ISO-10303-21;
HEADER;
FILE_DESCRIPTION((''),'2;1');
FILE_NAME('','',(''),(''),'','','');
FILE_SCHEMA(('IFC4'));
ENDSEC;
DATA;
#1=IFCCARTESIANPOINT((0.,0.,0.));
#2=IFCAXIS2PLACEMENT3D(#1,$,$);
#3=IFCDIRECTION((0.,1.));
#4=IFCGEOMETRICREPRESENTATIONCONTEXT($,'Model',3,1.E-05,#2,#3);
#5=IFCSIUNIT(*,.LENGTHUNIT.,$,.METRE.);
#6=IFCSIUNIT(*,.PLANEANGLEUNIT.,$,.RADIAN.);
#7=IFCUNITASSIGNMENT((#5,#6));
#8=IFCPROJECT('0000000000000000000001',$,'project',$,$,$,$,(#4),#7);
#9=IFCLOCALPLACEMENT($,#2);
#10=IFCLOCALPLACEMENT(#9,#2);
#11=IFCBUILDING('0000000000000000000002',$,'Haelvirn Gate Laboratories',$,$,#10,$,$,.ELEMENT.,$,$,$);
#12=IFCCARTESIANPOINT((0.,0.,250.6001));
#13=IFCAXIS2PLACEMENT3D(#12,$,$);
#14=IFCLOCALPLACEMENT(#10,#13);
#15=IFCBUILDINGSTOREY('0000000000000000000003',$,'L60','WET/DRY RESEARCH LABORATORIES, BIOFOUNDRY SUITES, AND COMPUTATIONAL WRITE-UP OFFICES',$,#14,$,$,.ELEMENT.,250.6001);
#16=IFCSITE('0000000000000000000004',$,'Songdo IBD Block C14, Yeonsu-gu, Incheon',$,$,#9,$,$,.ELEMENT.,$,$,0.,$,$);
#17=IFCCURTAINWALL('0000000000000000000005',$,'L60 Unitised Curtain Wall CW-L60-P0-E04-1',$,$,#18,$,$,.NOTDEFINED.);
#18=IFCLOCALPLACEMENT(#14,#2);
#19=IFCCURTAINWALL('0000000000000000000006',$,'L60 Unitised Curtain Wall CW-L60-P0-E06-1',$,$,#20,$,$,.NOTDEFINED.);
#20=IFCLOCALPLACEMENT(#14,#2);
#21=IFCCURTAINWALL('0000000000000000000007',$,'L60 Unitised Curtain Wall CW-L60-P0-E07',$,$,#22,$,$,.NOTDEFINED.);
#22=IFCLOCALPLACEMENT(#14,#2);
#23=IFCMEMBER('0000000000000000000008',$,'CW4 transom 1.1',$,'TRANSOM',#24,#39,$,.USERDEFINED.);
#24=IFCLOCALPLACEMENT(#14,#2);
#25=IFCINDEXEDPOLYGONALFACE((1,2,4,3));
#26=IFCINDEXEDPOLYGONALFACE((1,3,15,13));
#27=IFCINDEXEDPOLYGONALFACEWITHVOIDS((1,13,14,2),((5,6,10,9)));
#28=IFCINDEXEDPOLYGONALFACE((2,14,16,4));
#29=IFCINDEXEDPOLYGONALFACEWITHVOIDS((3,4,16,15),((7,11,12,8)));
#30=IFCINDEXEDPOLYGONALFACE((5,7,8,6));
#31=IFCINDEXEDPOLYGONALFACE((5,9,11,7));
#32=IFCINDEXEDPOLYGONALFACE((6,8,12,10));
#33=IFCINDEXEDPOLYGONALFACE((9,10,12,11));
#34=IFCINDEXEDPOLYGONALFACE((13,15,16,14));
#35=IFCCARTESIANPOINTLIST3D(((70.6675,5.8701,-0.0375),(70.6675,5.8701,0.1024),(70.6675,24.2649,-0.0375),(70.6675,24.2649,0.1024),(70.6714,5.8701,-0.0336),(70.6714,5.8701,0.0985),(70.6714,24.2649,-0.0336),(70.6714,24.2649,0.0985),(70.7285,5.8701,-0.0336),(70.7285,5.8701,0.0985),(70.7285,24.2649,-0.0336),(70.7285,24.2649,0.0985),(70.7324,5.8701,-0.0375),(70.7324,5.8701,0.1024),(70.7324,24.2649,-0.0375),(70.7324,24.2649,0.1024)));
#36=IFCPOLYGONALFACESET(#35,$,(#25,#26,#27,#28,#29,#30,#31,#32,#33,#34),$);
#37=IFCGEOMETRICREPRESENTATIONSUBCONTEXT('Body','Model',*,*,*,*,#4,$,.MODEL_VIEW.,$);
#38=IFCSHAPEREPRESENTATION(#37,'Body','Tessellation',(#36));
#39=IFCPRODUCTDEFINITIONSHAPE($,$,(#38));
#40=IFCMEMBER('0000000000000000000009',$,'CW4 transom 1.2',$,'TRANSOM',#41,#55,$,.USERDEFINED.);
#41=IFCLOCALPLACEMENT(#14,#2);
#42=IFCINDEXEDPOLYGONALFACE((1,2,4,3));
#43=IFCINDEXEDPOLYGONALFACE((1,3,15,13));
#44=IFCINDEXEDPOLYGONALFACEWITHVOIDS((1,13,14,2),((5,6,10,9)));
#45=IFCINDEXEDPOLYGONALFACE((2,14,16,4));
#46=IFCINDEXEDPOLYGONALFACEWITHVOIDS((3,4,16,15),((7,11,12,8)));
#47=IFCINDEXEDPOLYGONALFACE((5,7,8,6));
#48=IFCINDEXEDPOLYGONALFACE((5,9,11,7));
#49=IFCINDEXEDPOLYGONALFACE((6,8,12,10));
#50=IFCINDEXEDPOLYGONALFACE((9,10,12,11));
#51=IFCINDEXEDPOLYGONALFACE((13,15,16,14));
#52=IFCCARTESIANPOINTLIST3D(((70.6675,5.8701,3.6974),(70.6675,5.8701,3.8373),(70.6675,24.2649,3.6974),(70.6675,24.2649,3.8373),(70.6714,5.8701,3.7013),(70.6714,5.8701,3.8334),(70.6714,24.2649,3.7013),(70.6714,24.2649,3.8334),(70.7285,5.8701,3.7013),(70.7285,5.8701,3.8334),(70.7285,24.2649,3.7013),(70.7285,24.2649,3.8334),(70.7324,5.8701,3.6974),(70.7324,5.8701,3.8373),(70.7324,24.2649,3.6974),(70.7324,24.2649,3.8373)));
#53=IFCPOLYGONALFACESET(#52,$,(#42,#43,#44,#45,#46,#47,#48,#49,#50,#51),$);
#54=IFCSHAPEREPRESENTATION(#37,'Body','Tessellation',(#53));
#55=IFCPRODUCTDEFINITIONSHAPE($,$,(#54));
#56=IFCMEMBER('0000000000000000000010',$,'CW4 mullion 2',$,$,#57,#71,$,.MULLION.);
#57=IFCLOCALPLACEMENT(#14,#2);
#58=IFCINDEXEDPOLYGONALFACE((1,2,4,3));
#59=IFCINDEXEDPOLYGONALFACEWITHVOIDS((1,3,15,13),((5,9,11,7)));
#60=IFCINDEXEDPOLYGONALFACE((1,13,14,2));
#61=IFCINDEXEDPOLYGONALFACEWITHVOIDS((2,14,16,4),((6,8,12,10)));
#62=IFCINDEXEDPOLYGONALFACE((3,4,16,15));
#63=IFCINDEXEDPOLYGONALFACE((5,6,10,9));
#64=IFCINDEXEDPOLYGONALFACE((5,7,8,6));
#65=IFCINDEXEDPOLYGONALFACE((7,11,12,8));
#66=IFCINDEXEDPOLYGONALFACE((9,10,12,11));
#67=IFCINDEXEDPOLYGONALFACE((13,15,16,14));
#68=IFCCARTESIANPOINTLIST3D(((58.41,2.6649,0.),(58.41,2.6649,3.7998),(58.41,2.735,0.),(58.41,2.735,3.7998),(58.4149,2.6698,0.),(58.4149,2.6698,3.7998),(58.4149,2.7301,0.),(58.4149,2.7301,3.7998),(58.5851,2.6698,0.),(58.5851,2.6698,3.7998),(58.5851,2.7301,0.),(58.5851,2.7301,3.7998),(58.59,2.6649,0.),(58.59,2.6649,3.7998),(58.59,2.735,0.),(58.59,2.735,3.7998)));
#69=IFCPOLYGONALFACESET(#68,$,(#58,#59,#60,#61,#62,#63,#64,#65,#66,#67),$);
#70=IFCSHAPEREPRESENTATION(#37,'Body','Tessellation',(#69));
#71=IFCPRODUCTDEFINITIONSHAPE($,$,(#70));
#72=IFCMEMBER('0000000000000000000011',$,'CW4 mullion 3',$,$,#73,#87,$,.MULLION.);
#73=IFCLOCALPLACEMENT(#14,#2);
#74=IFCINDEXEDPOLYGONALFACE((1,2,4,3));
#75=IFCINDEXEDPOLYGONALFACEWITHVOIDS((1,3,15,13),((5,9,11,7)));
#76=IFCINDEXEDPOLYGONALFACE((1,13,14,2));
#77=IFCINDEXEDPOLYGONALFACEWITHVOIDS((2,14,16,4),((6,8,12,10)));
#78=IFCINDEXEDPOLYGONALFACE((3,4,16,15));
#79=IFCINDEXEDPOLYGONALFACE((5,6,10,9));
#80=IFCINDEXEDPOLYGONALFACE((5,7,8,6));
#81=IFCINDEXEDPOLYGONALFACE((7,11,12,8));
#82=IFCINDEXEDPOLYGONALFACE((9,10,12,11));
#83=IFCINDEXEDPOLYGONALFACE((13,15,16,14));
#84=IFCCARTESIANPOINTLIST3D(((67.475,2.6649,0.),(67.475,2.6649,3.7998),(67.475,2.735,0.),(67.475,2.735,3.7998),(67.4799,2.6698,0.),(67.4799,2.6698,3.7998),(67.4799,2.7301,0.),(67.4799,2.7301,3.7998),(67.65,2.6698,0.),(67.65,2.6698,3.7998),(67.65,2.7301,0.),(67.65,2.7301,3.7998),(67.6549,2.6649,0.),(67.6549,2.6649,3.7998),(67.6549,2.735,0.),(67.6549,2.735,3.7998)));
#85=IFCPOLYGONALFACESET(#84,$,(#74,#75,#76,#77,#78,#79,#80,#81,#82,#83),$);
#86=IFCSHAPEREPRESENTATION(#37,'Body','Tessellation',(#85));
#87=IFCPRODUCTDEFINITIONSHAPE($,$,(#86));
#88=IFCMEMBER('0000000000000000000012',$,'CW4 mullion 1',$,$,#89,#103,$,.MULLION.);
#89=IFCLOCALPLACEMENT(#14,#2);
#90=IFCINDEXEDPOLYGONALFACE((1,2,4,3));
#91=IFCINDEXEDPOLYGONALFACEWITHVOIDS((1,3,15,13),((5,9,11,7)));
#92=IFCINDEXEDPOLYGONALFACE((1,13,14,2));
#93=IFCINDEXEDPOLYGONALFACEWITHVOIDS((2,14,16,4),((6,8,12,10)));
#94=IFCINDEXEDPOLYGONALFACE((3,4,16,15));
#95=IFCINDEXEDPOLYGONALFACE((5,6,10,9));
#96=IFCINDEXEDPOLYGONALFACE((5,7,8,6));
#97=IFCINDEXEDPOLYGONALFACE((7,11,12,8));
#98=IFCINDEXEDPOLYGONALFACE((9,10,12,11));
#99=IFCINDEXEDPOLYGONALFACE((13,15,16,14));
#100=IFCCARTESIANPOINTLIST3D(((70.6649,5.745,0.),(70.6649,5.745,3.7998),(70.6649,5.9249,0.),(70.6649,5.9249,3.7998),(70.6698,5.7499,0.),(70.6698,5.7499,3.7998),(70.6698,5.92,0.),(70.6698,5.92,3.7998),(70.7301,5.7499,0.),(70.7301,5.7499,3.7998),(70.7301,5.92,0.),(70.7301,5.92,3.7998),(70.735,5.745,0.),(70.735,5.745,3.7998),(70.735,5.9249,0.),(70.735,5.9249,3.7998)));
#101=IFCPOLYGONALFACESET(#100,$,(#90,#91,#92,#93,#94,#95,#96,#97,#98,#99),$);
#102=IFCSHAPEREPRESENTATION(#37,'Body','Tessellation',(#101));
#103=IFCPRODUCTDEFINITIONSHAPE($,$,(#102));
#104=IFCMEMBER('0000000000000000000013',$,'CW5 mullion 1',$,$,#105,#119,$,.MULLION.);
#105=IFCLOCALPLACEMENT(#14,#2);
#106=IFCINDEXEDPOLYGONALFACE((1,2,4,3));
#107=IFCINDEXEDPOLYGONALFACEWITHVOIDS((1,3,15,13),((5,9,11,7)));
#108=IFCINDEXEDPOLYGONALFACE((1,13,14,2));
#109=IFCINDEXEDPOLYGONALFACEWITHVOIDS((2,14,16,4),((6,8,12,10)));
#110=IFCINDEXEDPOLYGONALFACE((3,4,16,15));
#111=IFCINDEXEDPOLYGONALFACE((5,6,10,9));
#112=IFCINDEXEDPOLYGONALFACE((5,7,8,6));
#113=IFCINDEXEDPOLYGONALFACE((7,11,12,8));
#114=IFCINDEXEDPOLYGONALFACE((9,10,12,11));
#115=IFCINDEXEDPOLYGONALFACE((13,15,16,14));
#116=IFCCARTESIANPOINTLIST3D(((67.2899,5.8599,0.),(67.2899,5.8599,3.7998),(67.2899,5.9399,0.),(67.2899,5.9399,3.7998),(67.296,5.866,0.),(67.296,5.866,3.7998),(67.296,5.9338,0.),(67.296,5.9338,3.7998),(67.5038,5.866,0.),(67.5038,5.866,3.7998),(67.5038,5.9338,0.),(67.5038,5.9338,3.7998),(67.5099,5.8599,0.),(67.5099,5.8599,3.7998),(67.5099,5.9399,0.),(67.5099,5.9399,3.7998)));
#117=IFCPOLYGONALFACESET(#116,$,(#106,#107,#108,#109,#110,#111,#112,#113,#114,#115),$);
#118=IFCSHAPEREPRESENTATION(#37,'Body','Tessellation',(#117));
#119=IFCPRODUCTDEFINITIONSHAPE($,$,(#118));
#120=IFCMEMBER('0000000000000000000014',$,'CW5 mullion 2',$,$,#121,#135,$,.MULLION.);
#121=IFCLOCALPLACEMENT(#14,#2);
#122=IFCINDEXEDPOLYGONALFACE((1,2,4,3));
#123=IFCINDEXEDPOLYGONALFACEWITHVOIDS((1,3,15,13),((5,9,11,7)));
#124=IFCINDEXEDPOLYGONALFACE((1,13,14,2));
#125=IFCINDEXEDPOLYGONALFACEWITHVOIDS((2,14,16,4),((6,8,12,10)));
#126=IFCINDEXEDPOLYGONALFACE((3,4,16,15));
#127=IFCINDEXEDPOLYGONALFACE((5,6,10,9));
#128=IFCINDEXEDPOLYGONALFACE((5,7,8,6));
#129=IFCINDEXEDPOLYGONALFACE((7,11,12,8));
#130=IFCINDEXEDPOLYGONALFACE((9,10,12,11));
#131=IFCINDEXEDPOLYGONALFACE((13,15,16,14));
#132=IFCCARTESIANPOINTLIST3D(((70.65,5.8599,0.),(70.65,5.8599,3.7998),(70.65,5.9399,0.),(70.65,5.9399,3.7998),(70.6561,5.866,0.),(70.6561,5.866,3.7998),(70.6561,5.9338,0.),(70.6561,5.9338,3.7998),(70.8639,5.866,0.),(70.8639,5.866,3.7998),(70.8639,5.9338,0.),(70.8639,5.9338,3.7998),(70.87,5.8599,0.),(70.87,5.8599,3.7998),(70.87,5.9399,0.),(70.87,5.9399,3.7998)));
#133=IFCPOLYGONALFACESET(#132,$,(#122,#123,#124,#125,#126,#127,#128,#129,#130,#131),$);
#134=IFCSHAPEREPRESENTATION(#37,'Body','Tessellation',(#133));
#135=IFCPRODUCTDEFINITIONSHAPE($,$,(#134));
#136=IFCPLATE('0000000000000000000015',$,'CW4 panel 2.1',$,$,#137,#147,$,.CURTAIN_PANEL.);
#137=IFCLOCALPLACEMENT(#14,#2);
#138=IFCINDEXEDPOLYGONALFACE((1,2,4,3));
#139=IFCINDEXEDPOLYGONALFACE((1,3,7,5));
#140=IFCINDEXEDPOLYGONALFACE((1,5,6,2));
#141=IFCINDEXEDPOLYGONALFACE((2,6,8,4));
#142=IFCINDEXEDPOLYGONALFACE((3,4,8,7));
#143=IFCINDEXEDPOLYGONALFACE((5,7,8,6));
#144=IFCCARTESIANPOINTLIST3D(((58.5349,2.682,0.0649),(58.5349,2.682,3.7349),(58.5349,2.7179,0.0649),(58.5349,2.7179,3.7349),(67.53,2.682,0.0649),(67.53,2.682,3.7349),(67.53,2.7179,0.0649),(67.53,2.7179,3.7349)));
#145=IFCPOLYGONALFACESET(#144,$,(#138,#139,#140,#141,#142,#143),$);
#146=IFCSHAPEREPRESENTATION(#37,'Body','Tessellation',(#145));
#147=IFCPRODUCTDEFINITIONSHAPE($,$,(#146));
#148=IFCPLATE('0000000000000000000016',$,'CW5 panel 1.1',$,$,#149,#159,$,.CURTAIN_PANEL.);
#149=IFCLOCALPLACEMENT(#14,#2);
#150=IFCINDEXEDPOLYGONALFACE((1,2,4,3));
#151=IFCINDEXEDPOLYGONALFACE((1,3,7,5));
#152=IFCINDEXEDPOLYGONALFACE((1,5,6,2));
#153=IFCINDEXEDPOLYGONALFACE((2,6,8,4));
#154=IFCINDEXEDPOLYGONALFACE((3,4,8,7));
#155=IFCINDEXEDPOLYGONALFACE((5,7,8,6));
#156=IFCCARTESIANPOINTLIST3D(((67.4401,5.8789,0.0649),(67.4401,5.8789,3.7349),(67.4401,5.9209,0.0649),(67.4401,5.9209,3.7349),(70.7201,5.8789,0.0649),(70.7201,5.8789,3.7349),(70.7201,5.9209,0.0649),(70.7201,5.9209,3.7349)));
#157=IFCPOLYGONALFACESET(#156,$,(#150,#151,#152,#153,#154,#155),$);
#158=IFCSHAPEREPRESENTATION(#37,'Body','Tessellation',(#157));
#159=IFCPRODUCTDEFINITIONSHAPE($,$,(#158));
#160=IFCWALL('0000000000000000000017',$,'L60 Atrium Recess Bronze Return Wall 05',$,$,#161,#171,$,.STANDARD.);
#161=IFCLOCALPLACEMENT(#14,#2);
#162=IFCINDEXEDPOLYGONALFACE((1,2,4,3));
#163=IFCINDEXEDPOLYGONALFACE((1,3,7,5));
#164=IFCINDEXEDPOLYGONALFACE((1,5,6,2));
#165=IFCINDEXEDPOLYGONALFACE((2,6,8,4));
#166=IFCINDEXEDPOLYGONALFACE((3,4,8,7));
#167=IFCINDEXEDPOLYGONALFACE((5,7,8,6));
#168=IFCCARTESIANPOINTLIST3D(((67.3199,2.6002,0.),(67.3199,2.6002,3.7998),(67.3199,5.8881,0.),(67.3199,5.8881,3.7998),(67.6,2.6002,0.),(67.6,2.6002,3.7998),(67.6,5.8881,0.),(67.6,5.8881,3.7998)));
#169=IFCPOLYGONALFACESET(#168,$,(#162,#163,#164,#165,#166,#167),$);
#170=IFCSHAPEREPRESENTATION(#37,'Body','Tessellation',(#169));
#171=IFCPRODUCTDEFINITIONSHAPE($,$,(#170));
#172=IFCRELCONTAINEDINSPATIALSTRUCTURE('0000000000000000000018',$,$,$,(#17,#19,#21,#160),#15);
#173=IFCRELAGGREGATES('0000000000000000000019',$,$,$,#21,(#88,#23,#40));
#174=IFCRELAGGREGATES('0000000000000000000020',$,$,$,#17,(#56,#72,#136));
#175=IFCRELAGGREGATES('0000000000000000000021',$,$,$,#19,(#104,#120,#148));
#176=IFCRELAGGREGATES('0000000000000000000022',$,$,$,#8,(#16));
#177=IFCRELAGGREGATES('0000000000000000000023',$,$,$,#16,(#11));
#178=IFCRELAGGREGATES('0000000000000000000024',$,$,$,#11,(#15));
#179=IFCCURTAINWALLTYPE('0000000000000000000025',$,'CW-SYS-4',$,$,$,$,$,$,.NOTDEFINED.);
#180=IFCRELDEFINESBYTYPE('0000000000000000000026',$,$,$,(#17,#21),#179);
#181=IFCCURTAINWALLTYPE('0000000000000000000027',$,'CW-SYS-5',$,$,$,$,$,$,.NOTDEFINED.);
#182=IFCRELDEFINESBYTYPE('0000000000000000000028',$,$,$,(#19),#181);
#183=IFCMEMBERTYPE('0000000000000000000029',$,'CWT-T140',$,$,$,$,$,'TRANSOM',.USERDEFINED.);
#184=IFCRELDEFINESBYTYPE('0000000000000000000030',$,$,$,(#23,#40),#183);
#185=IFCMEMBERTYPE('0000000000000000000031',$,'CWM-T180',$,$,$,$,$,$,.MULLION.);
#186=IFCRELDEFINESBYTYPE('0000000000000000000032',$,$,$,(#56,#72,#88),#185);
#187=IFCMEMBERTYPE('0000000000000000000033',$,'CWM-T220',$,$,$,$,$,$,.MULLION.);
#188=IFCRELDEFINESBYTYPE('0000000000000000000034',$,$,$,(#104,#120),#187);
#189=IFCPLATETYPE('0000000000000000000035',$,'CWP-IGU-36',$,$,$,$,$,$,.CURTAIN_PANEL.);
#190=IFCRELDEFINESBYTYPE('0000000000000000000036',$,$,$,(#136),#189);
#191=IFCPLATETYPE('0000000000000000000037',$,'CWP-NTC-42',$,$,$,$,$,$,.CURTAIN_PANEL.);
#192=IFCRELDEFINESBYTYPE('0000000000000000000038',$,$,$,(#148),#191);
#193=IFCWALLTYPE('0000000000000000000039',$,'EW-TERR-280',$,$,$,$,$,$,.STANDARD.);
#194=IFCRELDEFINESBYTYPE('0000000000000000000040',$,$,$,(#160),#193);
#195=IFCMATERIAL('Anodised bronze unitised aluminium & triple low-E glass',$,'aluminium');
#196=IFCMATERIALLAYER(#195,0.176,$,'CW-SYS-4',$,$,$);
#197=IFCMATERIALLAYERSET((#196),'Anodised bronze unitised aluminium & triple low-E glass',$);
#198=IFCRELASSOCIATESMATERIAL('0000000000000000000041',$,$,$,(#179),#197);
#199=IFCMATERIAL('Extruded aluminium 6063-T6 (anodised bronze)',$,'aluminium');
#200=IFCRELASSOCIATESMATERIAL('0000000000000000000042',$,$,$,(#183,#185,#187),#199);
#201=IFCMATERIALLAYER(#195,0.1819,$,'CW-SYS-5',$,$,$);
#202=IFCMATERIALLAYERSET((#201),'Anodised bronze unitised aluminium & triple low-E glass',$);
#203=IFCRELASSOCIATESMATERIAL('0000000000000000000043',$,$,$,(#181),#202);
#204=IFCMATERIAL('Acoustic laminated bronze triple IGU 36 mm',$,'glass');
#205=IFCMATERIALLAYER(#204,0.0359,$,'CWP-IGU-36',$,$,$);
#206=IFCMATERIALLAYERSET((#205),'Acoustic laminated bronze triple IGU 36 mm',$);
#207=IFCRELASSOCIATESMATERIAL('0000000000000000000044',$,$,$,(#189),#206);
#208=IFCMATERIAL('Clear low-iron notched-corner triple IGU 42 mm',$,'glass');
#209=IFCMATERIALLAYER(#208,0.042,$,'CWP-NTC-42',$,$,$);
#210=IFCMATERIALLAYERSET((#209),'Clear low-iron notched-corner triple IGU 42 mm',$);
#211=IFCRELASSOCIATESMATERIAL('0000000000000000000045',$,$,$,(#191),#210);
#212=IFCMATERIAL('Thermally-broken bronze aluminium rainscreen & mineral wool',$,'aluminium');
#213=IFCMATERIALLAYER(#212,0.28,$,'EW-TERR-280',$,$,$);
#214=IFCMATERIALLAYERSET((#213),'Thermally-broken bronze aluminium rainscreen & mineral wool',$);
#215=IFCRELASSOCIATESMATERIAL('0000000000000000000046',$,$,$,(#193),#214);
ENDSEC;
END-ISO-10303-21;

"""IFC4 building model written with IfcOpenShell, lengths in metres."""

from ifc_helpers import new_model, si_unit, direction, frame, frame_2d, origin, origin_2d, place, context, subcontext, project, spatial, rectangle, hollow_rectangle, extrude, source, transform, mapped, material, layer, layer_set, material_profile, profile_set, type_object, type_shapes, element, aggregate, save


model = new_model("IFC4")

# Units and contexts
model_context = context("Model", 3, precision=1e-05, world=origin(), true_north=direction((0.0, 1.0)))
body_context = subcontext(model_context, "Body", "Model", "MODEL_VIEW")
ifc_project = project(units=[si_unit("LENGTHUNIT", "METRE"), si_unit("PLANEANGLEUNIT", "RADIAN")], contexts=[model_context])

# Site, building, storey
site_placement = place(None, origin())
site = spatial("IfcSite", under=ifc_project, at=site_placement, Name="Songdo IBD Block C14, Yeonsu-gu, Incheon", CompositionType="ELEMENT", RefElevation=0.0)
building_placement = place(site_placement, origin())
building = spatial("IfcBuilding", under=site, at=building_placement, Name="Haelvirn Gate Laboratories", CompositionType="ELEMENT")
storey_placement = place(building_placement, frame((0.0, 0.0, 250.6001)))
storey = spatial("IfcBuildingStorey", under=building, at=storey_placement, Name="L60", Description="WET/DRY RESEARCH LABORATORIES, BIOFOUNDRY SUITES, AND COMPUTATIONAL WRITE-UP OFFICES", CompositionType="ELEMENT", Elevation=250.6001)

# Curtain walls, members
ifc_material_1 = material(Name="Anodised bronze unitised aluminium & triple low-E glass", Category="aluminium")
ifc_layer_1 = layer(ifc_material_1, 0.176, Name="CW-SYS-4")
ifc_layer_set_1 = layer_set([ifc_layer_1], Name="Anodised bronze unitised aluminium & triple low-E glass")
curtain_wall_type_1 = type_object("IfcCurtainWallType", Name="CW-SYS-4", PredefinedType="NOTDEFINED", material=ifc_layer_set_1)
curtain_wall_1_placement = place(storey_placement, origin())
curtain_wall_1 = element("IfcCurtainWall", 1, at=curtain_wall_1_placement, inside=storey, type_object=curtain_wall_type_1, Name="L60 Unitised Curtain Wall CW-L60-P0-E04-1", PredefinedType="NOTDEFINED")
ifc_material_2 = material(Name="Extruded aluminium 6063-T6 (anodised bronze)", Category="aluminium")
ifc_material_profile_1 = material_profile(ifc_material_2, hollow_rectangle(XDim=0.0649, YDim=0.1399, WallThickness=0.0039, at=origin_2d()), Name="CWT-140x65x4")
ifc_profile_set_1 = profile_set([ifc_material_profile_1], Name="Extruded aluminium 6063-T6 (anodised bronze)")
member_type_1 = type_object("IfcMemberType", Name="CWT-T140", ElementType="TRANSOM", PredefinedType="USERDEFINED", material=ifc_profile_set_1)
ifc_layer_2 = layer(ifc_material_1, 0.1819, Name="CW-SYS-5")
ifc_layer_set_2 = layer_set([ifc_layer_2], Name="Anodised bronze unitised aluminium & triple low-E glass")
curtain_wall_type_2 = type_object("IfcCurtainWallType", Name="CW-SYS-5", PredefinedType="NOTDEFINED", material=ifc_layer_set_2)
curtain_wall_2_placement = place(storey_placement, origin())
curtain_wall_2 = element("IfcCurtainWall", 2, at=curtain_wall_2_placement, inside=storey, type_object=curtain_wall_type_2, Name="L60 Unitised Curtain Wall CW-L60-P0-E06-1", PredefinedType="NOTDEFINED")
curtain_wall_3_placement = place(storey_placement, origin())
curtain_wall_3 = element("IfcCurtainWall", 3, at=curtain_wall_3_placement, inside=storey, type_object=curtain_wall_type_1, Name="L60 Unitised Curtain Wall CW-L60-P0-E07", PredefinedType="NOTDEFINED")
shared_shape_1 = source(origin(), body_context, "Body", "SweptSolid", [
    extrude(hollow_rectangle(XDim=0.0649, YDim=0.1399, WallThickness=0.0039, at=origin_2d()), origin(), (0.0, 0.0, 1.0), 18.3948),
])
member_1_placement = place(storey_placement, frame((70.7, 5.8701, 0.0325), z_axis=(0.0, 1.0, 0.0), x_axis=(-1.0, 0.0, 0.0)))
member_1 = element("IfcMember", 4, at=member_1_placement, type_object=member_type_1, Name="CW4 transom 1.1", ObjectType="TRANSOM", PredefinedType="USERDEFINED", context=body_context, shape_type="MappedRepresentation", body=[
    mapped(shared_shape_1, transform((0.0, 0.0, 0.0), scale=1.0)),
])
member_2_placement = place(storey_placement, frame((70.7, 5.8701, 3.7673), z_axis=(0.0, 1.0, 0.0), x_axis=(-1.0, 0.0, 0.0)))
member_2 = element("IfcMember", 5, at=member_2_placement, type_object=member_type_1, Name="CW4 transom 1.2", ObjectType="TRANSOM", PredefinedType="USERDEFINED", context=body_context, shape_type="MappedRepresentation", body=[
    mapped(shared_shape_1, transform((0.0, 0.0, 0.0), scale=1.0)),
])

# Members
ifc_material_profile_2 = material_profile(ifc_material_2, hollow_rectangle(XDim=0.0701, YDim=0.1799, WallThickness=0.0049, at=origin_2d()), Name="CWM-180x70x5")
ifc_profile_set_2 = profile_set([ifc_material_profile_2], Name="Extruded aluminium 6063-T6 (anodised bronze)")
member_type_2 = type_object("IfcMemberType", Name="CWM-T180", PredefinedType="MULLION", material=ifc_profile_set_2)
shared_shape_2 = source(origin(), body_context, "Body", "SweptSolid", [
    extrude(hollow_rectangle(XDim=0.0701, YDim=0.1799, WallThickness=0.0049, at=origin_2d()), origin(), (0.0, 0.0, 1.0), 3.7998),
])
type_shapes(member_type_2, [shared_shape_2])
member_3_placement = place(storey_placement, frame((58.5, 2.7, 0.0), z_axis=(0.0, 0.0, 1.0), x_axis=(0.0, 1.0, 0.0)))
member_3 = element("IfcMember", 6, at=member_3_placement, type_object=member_type_2, Name="CW4 mullion 2", PredefinedType="MULLION", context=body_context, shape_type="MappedRepresentation", body=[
    mapped(shared_shape_2, transform((0.0, 0.0, 0.0), scale=1.0)),
])
member_4_placement = place(storey_placement, frame((67.5649, 2.7, 0.0), z_axis=(0.0, 0.0, 1.0), x_axis=(0.0, 1.0, 0.0)))
member_4 = element("IfcMember", 7, at=member_4_placement, type_object=member_type_2, Name="CW4 mullion 3", PredefinedType="MULLION", context=body_context, shape_type="MappedRepresentation", body=[
    mapped(shared_shape_2, transform((0.0, 0.0, 0.0), scale=1.0)),
])
member_5_placement = place(storey_placement, frame((70.7, 5.835, 0.0), z_axis=(0.0, 0.0, 1.0), x_axis=(-1.0, 0.0, 0.0)))
member_5 = element("IfcMember", 8, at=member_5_placement, type_object=member_type_2, Name="CW4 mullion 1", PredefinedType="MULLION", context=body_context, shape_type="MappedRepresentation", body=[
    mapped(shared_shape_2, transform((0.0, 0.0, 0.0), scale=1.0)),
])
aggregate(curtain_wall_3, [member_5, member_1, member_2])
ifc_material_profile_3 = material_profile(ifc_material_2, hollow_rectangle(XDim=0.0801, YDim=0.22, WallThickness=0.0061, at=origin_2d()), Name="CWM-220x80x6")
ifc_profile_set_3 = profile_set([ifc_material_profile_3], Name="Extruded aluminium 6063-T6 (anodised bronze)")
member_type_3 = type_object("IfcMemberType", Name="CWM-T220", PredefinedType="MULLION", material=ifc_profile_set_3)
shared_shape_3 = source(origin(), body_context, "Body", "SweptSolid", [
    extrude(hollow_rectangle(XDim=0.0801, YDim=0.22, WallThickness=0.0061, at=origin_2d()), origin(), (0.0, 0.0, 1.0), 3.7998),
])
type_shapes(member_type_3, [shared_shape_3])
member_6_placement = place(storey_placement, frame((67.3999, 5.8999, 0.0), z_axis=(0.0, 0.0, 1.0), x_axis=(0.0, 1.0, 0.0)))
member_6 = element("IfcMember", 9, at=member_6_placement, type_object=member_type_3, Name="CW5 mullion 1", PredefinedType="MULLION", context=body_context, shape_type="MappedRepresentation", body=[
    mapped(shared_shape_3, transform((0.0, 0.0, 0.0), scale=1.0)),
])
member_7_placement = place(storey_placement, frame((70.76, 5.8999, 0.0), z_axis=(0.0, 0.0, 1.0), x_axis=(0.0, 1.0, 0.0)))
member_7 = element("IfcMember", 10, at=member_7_placement, type_object=member_type_3, Name="CW5 mullion 2", PredefinedType="MULLION", context=body_context, shape_type="MappedRepresentation", body=[
    mapped(shared_shape_3, transform((0.0, 0.0, 0.0), scale=1.0)),
])

# Plates
ifc_material_3 = material(Name="Acoustic laminated bronze triple IGU 36 mm", Category="glass")
ifc_layer_3 = layer(ifc_material_3, 0.0359, Name="CWP-IGU-36")
ifc_layer_set_3 = layer_set([ifc_layer_3], Name="Acoustic laminated bronze triple IGU 36 mm")
plate_type_1 = type_object("IfcPlateType", Name="CWP-IGU-36", PredefinedType="CURTAIN_PANEL", material=ifc_layer_set_3)
shared_shape_4 = source(origin(), body_context, "Body", "SweptSolid", [
    extrude(rectangle(XDim=8.9951, YDim=0.0359, at=origin_2d()), origin(), (0.0, 0.0, 1.0), 3.6699),
])
type_shapes(plate_type_1, [shared_shape_4])
plate_1_placement = place(storey_placement, frame((63.0325, 2.7, 0.0649), z_axis=(0.0, 0.0, 1.0), x_axis=(1.0, 0.0, 0.0)))
plate_1 = element("IfcPlate", 11, at=plate_1_placement, type_object=plate_type_1, Name="CW4 panel 2.1", PredefinedType="CURTAIN_PANEL", context=body_context, shape_type="MappedRepresentation", body=[
    mapped(shared_shape_4, transform((0.0, 0.0, 0.0), scale=1.0)),
])
aggregate(curtain_wall_1, [member_3, member_4, plate_1])
ifc_material_4 = material(Name="Clear low-iron notched-corner triple IGU 42 mm", Category="glass")
ifc_layer_4 = layer(ifc_material_4, 0.042, Name="CWP-NTC-42")
ifc_layer_set_4 = layer_set([ifc_layer_4], Name="Clear low-iron notched-corner triple IGU 42 mm")
plate_type_2 = type_object("IfcPlateType", Name="CWP-NTC-42", PredefinedType="CURTAIN_PANEL", material=ifc_layer_set_4)
shared_shape_5 = source(origin(), body_context, "Body", "SweptSolid", [
    extrude(rectangle(XDim=3.28, YDim=0.042, at=origin_2d()), origin(), (0.0, 0.0, 1.0), 3.6699),
])
type_shapes(plate_type_2, [shared_shape_5])
plate_2_placement = place(storey_placement, frame((69.0801, 5.8999, 0.0649), z_axis=(0.0, 0.0, 1.0), x_axis=(1.0, 0.0, 0.0)))
plate_2 = element("IfcPlate", 12, at=plate_2_placement, type_object=plate_type_2, Name="CW5 panel 1.1", PredefinedType="CURTAIN_PANEL", context=body_context, shape_type="MappedRepresentation", body=[
    mapped(shared_shape_5, transform((0.0, 0.0, 0.0), scale=1.0)),
])
aggregate(curtain_wall_2, [member_6, member_7, plate_2])

# Wall
ifc_material_5 = material(Name="Thermally-broken bronze aluminium rainscreen & mineral wool", Category="aluminium")
ifc_layer_5 = layer(ifc_material_5, 0.28, Name="EW-TERR-280")
ifc_layer_set_5 = layer_set([ifc_layer_5], Name="Thermally-broken bronze aluminium rainscreen & mineral wool")
wall_type = type_object("IfcWallType", Name="EW-TERR-280", PredefinedType="STANDARD", material=ifc_layer_set_5)
wall_placement = place(storey_placement, frame((67.46, 2.6001, 0.0), z_axis=(0.0, 0.0, 1.0), x_axis=(0.0, 1.0, 0.0)))
element("IfcWall", 13, at=wall_placement, inside=storey, type_object=wall_type, Name="L60 Atrium Recess Bronze Return Wall 05", PredefinedType="STANDARD", context=body_context, shape_type="SweptSolid", body=[
    extrude(rectangle(XDim=3.2878, YDim=0.28, at=frame_2d((1.644, 0.0))), origin(), (0.0, 0.0, 1.0), 3.7998),
])

save(model, "model.ifc")
